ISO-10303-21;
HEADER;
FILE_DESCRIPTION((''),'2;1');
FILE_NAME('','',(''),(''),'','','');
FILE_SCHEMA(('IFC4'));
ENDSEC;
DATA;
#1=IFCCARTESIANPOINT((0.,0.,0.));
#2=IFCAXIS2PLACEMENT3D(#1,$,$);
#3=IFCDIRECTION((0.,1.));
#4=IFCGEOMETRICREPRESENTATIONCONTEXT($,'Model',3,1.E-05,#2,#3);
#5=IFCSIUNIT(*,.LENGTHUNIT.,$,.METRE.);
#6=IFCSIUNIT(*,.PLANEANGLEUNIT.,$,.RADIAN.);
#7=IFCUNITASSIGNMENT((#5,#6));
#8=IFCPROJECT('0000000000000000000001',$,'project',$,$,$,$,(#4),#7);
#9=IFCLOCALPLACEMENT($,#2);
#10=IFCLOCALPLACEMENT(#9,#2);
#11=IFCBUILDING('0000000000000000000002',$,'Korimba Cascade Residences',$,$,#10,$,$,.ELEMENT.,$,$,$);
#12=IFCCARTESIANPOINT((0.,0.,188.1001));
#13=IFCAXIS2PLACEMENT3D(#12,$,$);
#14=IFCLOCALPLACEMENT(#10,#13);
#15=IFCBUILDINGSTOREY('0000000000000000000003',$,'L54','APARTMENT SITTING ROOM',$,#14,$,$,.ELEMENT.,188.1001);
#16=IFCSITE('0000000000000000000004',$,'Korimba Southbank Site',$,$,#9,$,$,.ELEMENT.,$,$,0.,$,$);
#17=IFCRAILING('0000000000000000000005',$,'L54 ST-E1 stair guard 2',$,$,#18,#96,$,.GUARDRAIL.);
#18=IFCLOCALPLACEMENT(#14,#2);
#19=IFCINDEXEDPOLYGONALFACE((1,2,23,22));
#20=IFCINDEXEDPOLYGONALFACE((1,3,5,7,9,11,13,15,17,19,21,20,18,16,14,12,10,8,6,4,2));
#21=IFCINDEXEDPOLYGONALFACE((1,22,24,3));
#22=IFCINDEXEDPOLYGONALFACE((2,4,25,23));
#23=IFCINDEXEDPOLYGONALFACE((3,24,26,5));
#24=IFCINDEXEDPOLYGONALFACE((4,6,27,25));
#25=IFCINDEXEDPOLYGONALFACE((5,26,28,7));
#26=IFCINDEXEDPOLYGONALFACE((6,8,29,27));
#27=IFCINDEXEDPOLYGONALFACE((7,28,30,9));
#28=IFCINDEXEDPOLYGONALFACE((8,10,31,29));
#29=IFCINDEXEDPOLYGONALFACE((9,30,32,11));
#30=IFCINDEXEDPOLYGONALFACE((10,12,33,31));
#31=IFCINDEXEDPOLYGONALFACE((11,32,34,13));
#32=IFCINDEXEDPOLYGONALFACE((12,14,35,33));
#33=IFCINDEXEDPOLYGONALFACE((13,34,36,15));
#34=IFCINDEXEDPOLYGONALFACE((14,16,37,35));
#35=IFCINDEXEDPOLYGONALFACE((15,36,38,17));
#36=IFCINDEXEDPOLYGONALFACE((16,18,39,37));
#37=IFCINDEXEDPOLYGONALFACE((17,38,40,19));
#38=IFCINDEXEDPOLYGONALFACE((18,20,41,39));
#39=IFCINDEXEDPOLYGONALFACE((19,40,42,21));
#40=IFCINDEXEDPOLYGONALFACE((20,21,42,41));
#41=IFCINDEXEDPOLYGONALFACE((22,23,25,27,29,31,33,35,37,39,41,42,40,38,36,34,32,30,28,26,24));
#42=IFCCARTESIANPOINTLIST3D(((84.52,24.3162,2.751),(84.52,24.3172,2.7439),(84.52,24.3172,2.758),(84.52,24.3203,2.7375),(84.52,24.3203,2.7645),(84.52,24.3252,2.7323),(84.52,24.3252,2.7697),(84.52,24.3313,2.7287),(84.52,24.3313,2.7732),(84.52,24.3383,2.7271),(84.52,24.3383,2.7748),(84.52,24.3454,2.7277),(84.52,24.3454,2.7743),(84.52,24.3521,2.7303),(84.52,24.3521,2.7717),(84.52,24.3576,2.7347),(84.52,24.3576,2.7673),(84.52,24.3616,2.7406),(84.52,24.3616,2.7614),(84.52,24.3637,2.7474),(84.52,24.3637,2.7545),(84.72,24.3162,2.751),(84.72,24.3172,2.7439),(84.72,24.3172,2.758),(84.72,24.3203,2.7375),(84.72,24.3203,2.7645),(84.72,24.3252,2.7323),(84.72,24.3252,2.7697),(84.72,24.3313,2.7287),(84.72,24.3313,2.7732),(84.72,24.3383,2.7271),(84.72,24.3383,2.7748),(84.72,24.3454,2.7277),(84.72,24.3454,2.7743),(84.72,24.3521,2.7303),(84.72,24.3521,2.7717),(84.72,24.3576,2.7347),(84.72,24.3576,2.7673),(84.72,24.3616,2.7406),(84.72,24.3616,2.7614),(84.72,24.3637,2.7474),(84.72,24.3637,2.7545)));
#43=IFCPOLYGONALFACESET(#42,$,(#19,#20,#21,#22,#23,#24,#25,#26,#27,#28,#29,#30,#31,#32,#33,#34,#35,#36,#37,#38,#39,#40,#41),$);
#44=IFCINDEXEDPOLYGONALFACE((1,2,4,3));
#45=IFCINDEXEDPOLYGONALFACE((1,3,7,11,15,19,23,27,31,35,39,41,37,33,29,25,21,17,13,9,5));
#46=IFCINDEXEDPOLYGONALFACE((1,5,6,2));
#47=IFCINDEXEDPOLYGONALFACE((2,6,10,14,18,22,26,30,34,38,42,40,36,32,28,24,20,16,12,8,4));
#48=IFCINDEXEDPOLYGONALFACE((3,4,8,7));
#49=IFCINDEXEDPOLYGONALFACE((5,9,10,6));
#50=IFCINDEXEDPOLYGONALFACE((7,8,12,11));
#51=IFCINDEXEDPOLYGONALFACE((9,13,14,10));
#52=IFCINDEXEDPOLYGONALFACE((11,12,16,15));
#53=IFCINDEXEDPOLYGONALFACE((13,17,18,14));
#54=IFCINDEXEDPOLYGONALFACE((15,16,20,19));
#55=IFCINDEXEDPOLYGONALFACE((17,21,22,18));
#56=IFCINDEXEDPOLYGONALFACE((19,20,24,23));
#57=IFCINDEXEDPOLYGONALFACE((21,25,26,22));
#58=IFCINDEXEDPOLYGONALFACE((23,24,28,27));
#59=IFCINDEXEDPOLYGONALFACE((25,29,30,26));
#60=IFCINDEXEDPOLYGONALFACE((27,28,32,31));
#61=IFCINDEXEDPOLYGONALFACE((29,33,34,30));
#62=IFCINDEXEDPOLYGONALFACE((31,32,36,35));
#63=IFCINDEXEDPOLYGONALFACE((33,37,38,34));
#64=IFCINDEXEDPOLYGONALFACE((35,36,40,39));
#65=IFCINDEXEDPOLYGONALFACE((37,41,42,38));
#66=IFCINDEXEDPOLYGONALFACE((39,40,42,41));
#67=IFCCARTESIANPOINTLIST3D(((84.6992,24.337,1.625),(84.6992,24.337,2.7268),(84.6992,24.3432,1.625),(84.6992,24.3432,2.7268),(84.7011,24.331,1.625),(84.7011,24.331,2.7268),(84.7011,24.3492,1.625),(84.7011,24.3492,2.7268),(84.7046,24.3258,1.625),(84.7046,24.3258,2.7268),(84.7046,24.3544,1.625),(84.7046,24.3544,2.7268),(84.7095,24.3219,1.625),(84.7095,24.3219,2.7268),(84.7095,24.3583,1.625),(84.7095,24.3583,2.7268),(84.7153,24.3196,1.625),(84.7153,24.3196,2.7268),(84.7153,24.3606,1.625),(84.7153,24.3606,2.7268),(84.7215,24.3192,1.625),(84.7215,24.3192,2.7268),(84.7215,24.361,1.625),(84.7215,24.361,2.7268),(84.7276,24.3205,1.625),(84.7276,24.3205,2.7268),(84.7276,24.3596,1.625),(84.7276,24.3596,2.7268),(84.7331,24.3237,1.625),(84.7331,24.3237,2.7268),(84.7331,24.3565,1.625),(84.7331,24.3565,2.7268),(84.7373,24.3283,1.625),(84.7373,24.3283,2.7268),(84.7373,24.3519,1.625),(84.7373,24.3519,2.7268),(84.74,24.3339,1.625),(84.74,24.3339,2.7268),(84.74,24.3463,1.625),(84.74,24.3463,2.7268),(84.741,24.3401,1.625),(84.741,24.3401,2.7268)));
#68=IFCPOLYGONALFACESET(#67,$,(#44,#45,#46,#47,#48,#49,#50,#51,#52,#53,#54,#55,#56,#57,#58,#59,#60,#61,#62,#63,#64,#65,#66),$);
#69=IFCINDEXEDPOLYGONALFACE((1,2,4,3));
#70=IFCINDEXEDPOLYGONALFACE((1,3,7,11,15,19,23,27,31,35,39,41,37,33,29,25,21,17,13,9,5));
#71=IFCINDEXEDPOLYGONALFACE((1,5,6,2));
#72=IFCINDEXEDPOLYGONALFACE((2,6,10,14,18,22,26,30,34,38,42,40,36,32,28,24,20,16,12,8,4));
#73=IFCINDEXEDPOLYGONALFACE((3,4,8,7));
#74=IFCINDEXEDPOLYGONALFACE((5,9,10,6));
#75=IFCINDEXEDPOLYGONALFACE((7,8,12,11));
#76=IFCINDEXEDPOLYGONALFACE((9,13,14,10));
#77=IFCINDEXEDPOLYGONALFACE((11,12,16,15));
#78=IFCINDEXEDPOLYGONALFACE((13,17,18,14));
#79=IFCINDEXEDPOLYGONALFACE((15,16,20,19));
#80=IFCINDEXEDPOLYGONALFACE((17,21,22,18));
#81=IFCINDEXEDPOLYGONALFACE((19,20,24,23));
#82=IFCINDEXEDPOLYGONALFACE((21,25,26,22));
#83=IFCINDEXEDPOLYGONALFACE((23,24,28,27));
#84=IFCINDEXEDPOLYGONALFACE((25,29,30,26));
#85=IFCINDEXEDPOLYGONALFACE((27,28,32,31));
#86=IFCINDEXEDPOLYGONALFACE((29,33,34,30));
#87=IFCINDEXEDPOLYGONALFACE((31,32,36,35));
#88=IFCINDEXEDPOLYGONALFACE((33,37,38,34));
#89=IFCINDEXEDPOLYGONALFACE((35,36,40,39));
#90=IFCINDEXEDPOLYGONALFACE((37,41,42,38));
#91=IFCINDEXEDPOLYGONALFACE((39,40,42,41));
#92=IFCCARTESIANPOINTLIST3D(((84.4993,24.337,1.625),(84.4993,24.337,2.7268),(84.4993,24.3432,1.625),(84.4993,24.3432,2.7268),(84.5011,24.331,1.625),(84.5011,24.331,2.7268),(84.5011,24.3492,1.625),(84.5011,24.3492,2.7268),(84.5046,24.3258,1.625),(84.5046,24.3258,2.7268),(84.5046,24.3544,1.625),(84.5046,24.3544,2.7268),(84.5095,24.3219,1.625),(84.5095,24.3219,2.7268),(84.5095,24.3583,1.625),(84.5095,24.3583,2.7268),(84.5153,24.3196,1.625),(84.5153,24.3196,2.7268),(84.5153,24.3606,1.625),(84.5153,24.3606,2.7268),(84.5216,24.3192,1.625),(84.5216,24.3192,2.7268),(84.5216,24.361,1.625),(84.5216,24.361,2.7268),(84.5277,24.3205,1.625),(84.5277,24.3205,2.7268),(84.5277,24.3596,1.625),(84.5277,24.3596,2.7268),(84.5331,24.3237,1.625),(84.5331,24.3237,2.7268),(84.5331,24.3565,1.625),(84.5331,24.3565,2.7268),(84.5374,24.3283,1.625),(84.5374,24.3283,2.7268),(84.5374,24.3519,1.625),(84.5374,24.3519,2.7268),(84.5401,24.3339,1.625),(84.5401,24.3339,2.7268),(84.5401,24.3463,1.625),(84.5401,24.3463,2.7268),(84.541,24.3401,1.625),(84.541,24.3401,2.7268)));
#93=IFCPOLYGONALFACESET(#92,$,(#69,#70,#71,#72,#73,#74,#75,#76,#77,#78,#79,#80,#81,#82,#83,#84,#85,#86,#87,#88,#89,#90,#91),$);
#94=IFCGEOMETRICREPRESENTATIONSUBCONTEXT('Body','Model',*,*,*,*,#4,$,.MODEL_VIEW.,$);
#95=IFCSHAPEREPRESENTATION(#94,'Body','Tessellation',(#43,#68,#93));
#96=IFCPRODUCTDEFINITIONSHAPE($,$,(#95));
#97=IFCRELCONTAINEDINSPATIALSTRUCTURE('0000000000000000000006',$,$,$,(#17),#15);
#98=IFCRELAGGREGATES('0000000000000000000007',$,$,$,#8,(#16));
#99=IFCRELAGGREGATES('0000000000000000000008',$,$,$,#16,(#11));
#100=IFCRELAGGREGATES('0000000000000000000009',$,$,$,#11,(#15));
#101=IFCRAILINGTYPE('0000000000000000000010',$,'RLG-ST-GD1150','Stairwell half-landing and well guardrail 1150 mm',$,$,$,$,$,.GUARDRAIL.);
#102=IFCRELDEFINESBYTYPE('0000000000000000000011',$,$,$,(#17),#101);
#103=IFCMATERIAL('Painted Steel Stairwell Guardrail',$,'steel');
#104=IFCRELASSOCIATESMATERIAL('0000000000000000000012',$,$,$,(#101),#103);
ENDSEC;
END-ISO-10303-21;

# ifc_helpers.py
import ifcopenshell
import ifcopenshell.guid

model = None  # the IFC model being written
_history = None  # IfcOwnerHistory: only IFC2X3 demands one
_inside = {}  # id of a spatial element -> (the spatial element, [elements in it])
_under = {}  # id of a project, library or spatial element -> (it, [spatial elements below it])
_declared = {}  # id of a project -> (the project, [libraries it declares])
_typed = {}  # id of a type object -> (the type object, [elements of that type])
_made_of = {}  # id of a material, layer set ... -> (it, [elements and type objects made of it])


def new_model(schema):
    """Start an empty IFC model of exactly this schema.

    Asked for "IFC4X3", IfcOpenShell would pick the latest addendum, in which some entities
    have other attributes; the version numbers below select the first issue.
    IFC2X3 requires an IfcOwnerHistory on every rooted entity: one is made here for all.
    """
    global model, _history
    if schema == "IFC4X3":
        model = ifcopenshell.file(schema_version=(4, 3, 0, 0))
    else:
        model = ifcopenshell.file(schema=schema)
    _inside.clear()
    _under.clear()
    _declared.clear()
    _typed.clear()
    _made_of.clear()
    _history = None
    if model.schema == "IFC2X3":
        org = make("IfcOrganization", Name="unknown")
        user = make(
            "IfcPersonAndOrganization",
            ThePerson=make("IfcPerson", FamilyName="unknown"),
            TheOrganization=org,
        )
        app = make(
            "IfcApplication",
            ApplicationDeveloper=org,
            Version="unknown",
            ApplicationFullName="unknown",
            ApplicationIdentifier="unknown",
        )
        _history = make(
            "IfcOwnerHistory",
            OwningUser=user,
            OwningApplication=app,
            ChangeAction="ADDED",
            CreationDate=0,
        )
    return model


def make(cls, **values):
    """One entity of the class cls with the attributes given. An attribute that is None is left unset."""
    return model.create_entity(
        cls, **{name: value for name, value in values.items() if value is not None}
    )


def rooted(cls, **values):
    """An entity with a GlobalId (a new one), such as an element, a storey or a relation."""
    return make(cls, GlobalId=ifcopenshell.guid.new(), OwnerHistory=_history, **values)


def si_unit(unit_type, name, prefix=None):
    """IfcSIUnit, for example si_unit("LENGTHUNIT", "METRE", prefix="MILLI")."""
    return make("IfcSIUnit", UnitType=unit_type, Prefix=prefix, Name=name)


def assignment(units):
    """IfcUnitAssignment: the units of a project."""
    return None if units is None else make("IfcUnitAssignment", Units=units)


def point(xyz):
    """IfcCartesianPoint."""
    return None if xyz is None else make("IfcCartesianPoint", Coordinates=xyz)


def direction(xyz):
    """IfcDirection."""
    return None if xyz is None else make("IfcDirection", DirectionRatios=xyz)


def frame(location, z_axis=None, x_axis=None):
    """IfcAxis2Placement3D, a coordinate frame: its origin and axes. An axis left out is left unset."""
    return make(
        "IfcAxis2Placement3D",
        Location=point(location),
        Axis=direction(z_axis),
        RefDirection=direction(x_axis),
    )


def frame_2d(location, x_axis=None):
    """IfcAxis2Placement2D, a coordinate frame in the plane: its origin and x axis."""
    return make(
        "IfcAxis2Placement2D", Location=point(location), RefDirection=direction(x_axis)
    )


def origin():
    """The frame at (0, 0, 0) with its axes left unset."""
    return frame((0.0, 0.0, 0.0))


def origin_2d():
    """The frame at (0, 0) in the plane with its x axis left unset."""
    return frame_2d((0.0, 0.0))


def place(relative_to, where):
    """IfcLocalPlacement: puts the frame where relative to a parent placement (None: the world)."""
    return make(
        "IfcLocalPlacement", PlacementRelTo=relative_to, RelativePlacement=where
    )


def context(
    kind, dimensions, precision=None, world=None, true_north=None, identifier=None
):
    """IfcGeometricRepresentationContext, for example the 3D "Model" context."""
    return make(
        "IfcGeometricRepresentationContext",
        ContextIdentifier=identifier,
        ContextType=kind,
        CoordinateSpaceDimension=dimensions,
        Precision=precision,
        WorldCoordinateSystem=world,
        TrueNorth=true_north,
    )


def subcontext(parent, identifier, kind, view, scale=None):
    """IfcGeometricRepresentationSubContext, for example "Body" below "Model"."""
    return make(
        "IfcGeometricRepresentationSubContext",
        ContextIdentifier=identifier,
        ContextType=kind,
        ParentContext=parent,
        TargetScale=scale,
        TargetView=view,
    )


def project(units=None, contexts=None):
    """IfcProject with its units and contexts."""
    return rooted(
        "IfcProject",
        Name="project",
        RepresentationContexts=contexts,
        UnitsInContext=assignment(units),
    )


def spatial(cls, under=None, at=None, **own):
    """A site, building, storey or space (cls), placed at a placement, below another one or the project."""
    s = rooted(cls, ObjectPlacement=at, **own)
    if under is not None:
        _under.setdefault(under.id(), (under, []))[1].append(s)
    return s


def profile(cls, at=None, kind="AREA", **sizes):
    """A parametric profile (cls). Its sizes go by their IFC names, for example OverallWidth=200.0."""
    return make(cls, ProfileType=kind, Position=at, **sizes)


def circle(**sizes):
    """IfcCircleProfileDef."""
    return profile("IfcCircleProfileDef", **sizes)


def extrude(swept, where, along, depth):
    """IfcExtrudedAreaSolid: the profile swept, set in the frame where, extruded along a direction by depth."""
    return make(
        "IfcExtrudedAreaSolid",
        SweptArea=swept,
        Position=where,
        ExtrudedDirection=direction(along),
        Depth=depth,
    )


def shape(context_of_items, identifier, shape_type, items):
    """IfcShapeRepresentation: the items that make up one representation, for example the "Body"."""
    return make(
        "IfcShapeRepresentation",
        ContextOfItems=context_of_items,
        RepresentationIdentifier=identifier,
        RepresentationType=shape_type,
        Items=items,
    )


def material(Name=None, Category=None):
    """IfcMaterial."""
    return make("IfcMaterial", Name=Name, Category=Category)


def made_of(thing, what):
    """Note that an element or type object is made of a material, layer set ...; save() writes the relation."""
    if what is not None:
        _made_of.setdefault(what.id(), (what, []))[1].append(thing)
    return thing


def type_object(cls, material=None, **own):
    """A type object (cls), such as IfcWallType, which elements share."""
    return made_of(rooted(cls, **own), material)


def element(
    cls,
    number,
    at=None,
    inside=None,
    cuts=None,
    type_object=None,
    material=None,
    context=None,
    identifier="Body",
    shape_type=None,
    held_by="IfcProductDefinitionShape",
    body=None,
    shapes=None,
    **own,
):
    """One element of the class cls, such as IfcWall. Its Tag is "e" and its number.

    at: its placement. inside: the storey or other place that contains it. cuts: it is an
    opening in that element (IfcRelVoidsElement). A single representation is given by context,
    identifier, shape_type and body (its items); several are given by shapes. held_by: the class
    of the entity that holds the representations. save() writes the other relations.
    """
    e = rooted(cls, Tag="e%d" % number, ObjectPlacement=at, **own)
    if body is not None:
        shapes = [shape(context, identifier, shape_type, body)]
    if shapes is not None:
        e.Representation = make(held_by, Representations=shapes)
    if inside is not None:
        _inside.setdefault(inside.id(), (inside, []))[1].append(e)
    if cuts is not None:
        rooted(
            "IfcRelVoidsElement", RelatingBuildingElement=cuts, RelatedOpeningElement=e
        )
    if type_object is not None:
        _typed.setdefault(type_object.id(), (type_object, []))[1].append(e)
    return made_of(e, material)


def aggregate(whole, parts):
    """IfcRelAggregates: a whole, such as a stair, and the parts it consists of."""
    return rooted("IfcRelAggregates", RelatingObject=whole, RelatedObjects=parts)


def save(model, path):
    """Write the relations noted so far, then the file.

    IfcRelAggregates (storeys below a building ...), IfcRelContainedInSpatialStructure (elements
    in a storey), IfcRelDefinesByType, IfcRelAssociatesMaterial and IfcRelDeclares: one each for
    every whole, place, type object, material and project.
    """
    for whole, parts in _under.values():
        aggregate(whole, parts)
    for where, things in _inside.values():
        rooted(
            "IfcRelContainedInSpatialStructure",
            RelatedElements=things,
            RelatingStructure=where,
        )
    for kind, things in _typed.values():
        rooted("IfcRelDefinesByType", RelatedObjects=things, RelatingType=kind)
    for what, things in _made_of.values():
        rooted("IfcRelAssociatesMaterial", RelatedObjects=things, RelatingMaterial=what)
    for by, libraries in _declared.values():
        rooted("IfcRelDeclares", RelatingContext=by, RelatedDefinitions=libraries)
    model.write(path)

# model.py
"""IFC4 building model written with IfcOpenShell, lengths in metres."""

from ifc_helpers import new_model, si_unit, direction, frame, origin, origin_2d, place, context, subcontext, project, spatial, circle, extrude, material, type_object, element, save


model = new_model("IFC4")

# Units and contexts
model_context = context("Model", 3, precision=1e-05, world=origin(), true_north=direction((0.0, 1.0)))
body_context = subcontext(model_context, "Body", "Model", "MODEL_VIEW")
ifc_project = project(units=[si_unit("LENGTHUNIT", "METRE"), si_unit("PLANEANGLEUNIT", "RADIAN")], contexts=[model_context])

# Site, building, storey
site_placement = place(None, origin())
site = spatial("IfcSite", under=ifc_project, at=site_placement, Name="Korimba Southbank Site", CompositionType="ELEMENT", RefElevation=0.0)
building_placement = place(site_placement, origin())
building = spatial("IfcBuilding", under=site, at=building_placement, Name="Korimba Cascade Residences", CompositionType="ELEMENT")
storey_placement = place(building_placement, frame((0.0, 0.0, 188.1001)))
storey = spatial("IfcBuildingStorey", under=building, at=storey_placement, Name="L54", Description="APARTMENT SITTING ROOM", CompositionType="ELEMENT", Elevation=188.1001)

# Railing
ifc_material_1 = material(Name="Painted Steel Stairwell Guardrail", Category="steel")
railing_type_1 = type_object("IfcRailingType", Name="RLG-ST-GD1150", Description="Stairwell half-landing and well guardrail 1150 mm", PredefinedType="GUARDRAIL", material=ifc_material_1)
railing_1_placement = place(storey_placement, frame((84.72, 24.3401, 1.625)))
element("IfcRailing", 1, at=railing_1_placement, inside=storey, type_object=railing_type_1, Name="L54 ST-E1 stair guard 2", PredefinedType="GUARDRAIL", context=body_context, shape_type="SweptSolid", body=[
    extrude(circle(Radius=0.0239, at=origin_2d()), frame((0.0, 0.0, 1.126), z_axis=(-1.0, 0.0, 0.0), x_axis=(0.0, -1.0, 0.0)), (0.0, 0.0, 1.0), 0.2),
    extrude(circle(Radius=0.021, at=origin_2d()), origin(), (0.0, 0.0, 1.0), 1.1018),
    extrude(circle(Radius=0.021, at=origin_2d()), frame((-0.2, 0.0, 0.0)), (0.0, 0.0, 1.0), 1.1018),
])

save(model, "model.ifc")
